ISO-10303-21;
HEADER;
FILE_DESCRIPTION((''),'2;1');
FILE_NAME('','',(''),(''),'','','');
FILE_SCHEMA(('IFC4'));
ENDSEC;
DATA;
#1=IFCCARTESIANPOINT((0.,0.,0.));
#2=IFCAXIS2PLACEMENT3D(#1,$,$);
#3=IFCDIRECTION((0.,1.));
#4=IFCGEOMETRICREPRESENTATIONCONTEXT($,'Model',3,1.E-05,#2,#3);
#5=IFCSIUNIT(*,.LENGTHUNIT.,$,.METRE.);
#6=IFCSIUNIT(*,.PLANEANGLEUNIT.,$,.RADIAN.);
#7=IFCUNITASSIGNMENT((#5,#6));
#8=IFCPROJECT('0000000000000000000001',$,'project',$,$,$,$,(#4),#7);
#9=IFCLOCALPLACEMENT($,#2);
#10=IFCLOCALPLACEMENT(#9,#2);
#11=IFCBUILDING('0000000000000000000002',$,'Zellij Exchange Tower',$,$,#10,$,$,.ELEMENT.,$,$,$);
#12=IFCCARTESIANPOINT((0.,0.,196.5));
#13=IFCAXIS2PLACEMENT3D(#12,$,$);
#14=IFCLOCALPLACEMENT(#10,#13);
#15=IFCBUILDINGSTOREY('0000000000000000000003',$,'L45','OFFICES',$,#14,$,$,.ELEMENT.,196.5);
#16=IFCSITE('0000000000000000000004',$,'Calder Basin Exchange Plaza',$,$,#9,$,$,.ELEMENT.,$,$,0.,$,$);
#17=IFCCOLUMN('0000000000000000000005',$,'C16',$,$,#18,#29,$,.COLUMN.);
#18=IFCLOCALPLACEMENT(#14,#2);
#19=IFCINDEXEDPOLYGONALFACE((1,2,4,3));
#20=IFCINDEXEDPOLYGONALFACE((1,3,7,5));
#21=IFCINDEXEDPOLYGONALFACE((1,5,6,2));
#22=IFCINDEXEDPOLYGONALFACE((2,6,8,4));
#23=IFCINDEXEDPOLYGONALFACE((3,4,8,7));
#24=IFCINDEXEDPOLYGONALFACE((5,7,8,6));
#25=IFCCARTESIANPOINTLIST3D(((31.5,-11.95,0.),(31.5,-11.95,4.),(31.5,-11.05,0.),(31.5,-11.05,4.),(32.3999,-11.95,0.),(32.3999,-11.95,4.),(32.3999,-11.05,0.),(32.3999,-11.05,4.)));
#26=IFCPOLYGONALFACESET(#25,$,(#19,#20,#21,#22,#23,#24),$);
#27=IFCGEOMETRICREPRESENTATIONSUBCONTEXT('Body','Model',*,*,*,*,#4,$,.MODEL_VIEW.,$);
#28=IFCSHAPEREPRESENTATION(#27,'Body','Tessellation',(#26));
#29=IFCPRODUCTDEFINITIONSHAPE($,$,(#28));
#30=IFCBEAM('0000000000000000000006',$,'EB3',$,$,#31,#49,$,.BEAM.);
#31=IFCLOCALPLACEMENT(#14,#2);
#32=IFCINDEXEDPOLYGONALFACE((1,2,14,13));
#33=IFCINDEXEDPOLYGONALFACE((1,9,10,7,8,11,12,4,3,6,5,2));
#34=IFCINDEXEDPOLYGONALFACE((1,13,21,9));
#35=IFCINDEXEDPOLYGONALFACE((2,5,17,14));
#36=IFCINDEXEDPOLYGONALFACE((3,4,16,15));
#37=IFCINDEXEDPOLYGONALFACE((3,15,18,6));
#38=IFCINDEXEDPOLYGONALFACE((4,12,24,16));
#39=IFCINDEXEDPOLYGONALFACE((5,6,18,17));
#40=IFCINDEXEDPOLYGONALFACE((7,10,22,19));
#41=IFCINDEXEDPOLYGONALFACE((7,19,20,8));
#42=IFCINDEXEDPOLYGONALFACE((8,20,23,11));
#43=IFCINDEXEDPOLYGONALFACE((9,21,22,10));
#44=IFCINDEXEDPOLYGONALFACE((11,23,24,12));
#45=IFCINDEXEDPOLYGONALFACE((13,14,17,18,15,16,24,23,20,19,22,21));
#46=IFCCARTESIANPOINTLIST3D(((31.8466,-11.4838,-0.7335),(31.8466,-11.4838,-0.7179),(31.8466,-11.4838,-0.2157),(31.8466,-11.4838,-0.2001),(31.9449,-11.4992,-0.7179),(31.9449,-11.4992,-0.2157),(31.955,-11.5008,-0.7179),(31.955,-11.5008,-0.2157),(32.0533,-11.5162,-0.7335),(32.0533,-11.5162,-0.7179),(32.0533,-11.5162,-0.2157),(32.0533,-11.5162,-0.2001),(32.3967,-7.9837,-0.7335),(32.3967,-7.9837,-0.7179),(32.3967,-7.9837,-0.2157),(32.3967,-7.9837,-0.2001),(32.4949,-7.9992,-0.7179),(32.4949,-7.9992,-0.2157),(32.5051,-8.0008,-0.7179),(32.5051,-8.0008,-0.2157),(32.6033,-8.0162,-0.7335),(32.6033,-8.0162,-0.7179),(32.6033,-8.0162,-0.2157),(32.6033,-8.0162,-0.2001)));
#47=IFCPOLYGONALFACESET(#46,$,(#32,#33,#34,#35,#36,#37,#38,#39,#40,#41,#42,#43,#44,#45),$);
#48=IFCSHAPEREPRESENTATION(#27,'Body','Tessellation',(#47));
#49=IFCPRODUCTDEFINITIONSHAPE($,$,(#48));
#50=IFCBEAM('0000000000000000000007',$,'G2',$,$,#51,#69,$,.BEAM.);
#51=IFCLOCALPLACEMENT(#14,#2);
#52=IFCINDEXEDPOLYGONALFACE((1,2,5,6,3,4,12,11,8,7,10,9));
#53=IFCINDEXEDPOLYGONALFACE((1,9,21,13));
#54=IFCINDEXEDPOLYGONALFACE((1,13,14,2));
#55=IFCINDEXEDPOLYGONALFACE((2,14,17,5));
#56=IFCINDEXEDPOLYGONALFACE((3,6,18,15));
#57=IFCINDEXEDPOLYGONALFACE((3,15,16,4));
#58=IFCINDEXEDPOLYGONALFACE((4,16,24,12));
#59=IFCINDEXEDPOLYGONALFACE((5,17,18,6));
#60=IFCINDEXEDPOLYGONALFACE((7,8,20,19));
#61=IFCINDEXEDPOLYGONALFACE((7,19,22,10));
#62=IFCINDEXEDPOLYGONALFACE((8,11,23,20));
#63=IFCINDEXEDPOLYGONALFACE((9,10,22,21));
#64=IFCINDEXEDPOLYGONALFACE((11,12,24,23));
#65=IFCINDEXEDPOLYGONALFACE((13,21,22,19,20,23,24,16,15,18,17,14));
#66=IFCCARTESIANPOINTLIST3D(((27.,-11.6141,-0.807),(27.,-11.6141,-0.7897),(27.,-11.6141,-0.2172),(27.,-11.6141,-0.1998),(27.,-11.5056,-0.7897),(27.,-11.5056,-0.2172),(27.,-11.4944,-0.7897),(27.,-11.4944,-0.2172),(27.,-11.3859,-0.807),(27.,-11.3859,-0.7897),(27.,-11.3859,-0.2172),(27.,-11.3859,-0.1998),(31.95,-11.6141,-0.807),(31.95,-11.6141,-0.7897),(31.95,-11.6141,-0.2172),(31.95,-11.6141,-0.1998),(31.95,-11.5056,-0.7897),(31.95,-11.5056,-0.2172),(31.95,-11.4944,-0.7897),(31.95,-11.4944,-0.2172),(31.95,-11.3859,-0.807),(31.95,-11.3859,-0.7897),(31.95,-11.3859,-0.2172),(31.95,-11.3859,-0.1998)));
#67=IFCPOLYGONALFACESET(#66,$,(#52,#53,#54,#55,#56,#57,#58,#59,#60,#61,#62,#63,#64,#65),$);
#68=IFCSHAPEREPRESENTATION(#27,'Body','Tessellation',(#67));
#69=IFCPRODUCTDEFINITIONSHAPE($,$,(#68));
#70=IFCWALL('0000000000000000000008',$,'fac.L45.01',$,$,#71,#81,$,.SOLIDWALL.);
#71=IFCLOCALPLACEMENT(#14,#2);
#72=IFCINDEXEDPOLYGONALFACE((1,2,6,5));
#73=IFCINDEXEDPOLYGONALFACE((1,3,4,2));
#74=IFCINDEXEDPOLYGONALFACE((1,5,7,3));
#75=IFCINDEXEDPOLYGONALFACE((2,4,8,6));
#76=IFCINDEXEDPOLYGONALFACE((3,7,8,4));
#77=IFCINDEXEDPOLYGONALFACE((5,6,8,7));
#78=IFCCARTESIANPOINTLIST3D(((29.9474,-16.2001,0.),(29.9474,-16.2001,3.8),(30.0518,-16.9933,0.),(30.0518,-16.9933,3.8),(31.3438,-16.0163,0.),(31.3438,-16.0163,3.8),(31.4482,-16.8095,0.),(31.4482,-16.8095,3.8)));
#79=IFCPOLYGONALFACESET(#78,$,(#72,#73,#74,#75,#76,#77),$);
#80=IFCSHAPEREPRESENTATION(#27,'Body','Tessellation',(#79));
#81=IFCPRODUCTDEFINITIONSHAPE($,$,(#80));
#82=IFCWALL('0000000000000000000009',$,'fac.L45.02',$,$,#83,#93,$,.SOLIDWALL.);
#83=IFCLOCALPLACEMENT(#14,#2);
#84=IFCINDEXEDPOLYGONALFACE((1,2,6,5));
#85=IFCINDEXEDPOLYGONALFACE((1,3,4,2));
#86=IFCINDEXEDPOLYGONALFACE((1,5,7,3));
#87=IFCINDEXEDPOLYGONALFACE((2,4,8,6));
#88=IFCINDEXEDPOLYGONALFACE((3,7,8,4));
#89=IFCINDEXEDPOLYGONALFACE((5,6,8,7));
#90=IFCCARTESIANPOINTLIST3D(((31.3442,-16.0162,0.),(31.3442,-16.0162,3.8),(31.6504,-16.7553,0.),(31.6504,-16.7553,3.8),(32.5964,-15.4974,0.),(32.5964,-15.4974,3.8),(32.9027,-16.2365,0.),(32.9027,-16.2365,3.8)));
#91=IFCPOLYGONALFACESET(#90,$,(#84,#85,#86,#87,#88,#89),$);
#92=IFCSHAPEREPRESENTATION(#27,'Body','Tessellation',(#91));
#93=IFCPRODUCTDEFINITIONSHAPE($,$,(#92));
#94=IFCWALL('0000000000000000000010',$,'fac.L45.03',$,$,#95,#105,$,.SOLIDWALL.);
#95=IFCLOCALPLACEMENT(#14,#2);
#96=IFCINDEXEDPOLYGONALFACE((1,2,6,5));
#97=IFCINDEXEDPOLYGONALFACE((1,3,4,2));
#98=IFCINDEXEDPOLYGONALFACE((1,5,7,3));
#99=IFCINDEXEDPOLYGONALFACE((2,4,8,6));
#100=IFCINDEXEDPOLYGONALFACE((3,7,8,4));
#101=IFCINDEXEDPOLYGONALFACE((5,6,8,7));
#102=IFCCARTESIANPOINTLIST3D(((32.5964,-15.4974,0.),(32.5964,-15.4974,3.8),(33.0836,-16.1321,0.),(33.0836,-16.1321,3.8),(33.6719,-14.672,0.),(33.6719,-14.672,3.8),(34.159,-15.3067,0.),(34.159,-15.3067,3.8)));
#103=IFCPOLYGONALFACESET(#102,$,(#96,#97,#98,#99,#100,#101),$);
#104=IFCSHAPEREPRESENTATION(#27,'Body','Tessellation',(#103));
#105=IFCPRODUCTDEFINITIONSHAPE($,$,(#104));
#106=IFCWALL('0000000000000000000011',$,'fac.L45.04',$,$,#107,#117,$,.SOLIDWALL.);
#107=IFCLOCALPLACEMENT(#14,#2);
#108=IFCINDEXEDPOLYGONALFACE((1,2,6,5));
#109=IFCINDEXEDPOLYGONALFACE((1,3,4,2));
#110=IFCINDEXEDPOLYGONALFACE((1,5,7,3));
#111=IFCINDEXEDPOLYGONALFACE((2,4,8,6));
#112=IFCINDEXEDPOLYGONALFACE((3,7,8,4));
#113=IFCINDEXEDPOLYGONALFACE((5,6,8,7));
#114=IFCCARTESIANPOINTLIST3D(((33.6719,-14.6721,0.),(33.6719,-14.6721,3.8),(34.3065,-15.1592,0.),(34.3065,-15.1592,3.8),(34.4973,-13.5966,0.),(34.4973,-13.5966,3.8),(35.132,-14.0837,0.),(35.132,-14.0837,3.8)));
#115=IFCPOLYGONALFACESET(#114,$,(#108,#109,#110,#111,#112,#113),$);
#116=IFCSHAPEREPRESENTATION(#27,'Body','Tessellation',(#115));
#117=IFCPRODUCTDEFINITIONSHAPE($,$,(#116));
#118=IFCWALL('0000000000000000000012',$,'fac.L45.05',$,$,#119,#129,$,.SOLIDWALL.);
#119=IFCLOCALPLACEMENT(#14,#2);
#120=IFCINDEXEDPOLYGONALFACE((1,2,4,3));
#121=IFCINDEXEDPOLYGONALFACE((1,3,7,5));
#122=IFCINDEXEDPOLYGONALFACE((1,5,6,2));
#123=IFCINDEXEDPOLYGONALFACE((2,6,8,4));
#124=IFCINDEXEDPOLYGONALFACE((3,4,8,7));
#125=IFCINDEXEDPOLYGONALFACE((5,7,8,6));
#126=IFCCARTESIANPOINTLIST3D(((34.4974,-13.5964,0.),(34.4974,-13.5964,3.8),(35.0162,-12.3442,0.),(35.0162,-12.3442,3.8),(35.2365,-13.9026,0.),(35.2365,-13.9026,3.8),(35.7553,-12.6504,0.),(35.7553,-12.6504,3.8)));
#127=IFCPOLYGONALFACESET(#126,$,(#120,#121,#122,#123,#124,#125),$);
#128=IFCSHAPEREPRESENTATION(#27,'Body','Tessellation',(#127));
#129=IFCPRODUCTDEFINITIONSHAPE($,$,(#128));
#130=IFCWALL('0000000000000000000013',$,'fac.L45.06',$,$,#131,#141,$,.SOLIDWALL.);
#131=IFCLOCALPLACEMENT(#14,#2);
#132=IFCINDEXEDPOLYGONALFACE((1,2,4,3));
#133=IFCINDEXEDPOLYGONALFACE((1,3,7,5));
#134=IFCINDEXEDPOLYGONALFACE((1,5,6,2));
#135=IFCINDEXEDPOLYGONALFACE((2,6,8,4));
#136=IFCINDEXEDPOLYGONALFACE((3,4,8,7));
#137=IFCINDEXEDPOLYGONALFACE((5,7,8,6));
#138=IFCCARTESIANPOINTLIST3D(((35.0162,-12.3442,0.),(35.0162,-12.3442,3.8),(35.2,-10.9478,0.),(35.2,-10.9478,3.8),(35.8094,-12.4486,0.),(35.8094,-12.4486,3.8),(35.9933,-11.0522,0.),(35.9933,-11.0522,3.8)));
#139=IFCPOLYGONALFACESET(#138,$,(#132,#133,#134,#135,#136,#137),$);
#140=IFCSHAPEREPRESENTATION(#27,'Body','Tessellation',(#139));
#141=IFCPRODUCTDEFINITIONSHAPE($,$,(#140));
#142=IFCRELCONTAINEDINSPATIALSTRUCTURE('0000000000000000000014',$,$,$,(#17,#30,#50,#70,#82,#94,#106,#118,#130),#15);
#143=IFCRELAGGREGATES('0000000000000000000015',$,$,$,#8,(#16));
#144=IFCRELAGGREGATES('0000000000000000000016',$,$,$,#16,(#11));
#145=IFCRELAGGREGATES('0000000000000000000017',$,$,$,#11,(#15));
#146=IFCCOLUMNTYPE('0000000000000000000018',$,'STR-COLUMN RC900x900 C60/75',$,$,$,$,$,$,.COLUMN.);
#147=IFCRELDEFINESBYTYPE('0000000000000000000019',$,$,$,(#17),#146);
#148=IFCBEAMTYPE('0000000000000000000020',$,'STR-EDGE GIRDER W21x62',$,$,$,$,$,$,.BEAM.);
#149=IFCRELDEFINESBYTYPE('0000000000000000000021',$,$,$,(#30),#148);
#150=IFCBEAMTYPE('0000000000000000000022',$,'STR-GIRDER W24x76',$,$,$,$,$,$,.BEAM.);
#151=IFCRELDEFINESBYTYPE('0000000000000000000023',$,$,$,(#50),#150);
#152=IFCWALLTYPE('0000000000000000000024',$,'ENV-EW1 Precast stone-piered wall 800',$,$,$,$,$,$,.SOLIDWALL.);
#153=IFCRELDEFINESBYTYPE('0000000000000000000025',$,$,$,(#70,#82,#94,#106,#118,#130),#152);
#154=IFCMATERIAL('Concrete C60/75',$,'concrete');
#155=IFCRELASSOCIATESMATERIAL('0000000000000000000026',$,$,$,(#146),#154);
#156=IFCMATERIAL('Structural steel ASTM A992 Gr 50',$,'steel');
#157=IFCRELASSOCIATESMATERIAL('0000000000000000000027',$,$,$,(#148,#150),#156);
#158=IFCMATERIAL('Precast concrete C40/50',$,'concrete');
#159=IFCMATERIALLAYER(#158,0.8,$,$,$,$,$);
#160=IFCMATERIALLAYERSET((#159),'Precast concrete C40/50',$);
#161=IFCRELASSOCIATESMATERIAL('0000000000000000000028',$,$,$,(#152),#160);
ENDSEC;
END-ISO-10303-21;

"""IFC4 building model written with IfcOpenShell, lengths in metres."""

from ifc_helpers import new_model, si_unit, direction, frame, frame_2d, origin, origin_2d, place, context, subcontext, project, spatial, rectangle, i_section, extrude, material, layer, layer_set, material_profile, profile_set, type_object, element, save


model = new_model("IFC4")

# Units and contexts
model_context = context("Model", 3, precision=1e-05, world=origin(), true_north=direction((0.0, 1.0)))
body_context = subcontext(model_context, "Body", "Model", "MODEL_VIEW")
ifc_project = project(units=[si_unit("LENGTHUNIT", "METRE"), si_unit("PLANEANGLEUNIT", "RADIAN")], contexts=[model_context])

# Site, building, storey
site_placement = place(None, origin())
site = spatial("IfcSite", under=ifc_project, at=site_placement, Name="Calder Basin Exchange Plaza", CompositionType="ELEMENT", RefElevation=0.0)
building_placement = place(site_placement, origin())
building = spatial("IfcBuilding", under=site, at=building_placement, Name="Zellij Exchange Tower", CompositionType="ELEMENT")
storey_placement = place(building_placement, frame((0.0, 0.0, 196.5)))
storey = spatial("IfcBuildingStorey", under=building, at=storey_placement, Name="L45", Description="OFFICES", CompositionType="ELEMENT", Elevation=196.5)

# Column
ifc_material_1 = material(Name="Concrete C60/75", Category="concrete")
ifc_material_profile_1 = material_profile(ifc_material_1, rectangle(XDim=0.8999, YDim=0.8999, at=origin_2d()), Name="STR-COLUMN RC900x900 C60/75")
ifc_profile_set_1 = profile_set([ifc_material_profile_1], Name="Concrete C60/75")
column_type = type_object("IfcColumnType", Name="STR-COLUMN RC900x900 C60/75", PredefinedType="COLUMN", material=ifc_profile_set_1)
column_placement = place(storey_placement, frame((31.95, -11.5, 0.0), z_axis=(0.0, 0.0, 1.0), x_axis=(1.0, 0.0, 0.0)))
element("IfcColumn", 1, at=column_placement, inside=storey, type_object=column_type, Name="C16", PredefinedType="COLUMN", context=body_context, shape_type="SweptSolid", body=[
    extrude(rectangle(XDim=0.8999, YDim=0.8999, at=origin_2d()), origin(), (0.0, 0.0, 1.0), 4.0),
])

# Beams
ifc_material_2 = material(Name="Structural steel ASTM A992 Gr 50", Category="steel")
ifc_material_profile_2 = material_profile(ifc_material_2, i_section(OverallWidth=0.2092, OverallDepth=0.5334, WebThickness=0.0103, FlangeThickness=0.0156, at=origin_2d()), Name="W21x62")
ifc_profile_set_2 = profile_set([ifc_material_profile_2], Name="Structural steel ASTM A992 Gr 50")
beam_type_1 = type_object("IfcBeamType", Name="STR-EDGE GIRDER W21x62", PredefinedType="BEAM", material=ifc_profile_set_2)
beam_1_placement = place(storey_placement, frame((31.95, -11.5, -0.4668), z_axis=(0.155251, 0.987875, 0.0), x_axis=(-0.987875, 0.155251, 0.0)))
element("IfcBeam", 2, at=beam_1_placement, inside=storey, type_object=beam_type_1, Name="EB3", PredefinedType="BEAM", context=body_context, shape_type="SweptSolid", body=[
    extrude(i_section(OverallWidth=0.2092, OverallDepth=0.5334, WebThickness=0.0103, FlangeThickness=0.0156, at=origin_2d()), origin(), (0.0, 0.0, 1.0), 3.543),
])
ifc_material_profile_3 = material_profile(ifc_material_2, i_section(OverallWidth=0.2283, OverallDepth=0.6072, WebThickness=0.0112, FlangeThickness=0.0173, at=origin_2d()), Name="W24x76")
ifc_profile_set_3 = profile_set([ifc_material_profile_3], Name="Structural steel ASTM A992 Gr 50")
beam_type_2 = type_object("IfcBeamType", Name="STR-GIRDER W24x76", PredefinedType="BEAM", material=ifc_profile_set_3)
beam_2_placement = place(storey_placement, frame((27.0, -11.5, -0.5034), z_axis=(1.0, 0.0, 0.0), x_axis=(0.0, 1.0, 0.0)))
element("IfcBeam", 3, at=beam_2_placement, inside=storey, type_object=beam_type_2, Name="G2", PredefinedType="BEAM", context=body_context, shape_type="SweptSolid", body=[
    extrude(i_section(OverallWidth=0.2283, OverallDepth=0.6072, WebThickness=0.0112, FlangeThickness=0.0173, at=origin_2d()), origin(), (0.0, 0.0, 1.0), 4.95),
])

# Walls
ifc_material_3 = material(Name="Precast concrete C40/50", Category="concrete")
ifc_layer_1 = layer(ifc_material_3, 0.8)
ifc_layer_set_1 = layer_set([ifc_layer_1], Name="Precast concrete C40/50")
wall_type_1 = type_object("IfcWallType", Name="ENV-EW1 Precast stone-piered wall 800", PredefinedType="SOLIDWALL", material=ifc_layer_set_1)
wall_1_placement = place(storey_placement, frame((29.9998, -16.5967, 0.0), z_axis=(0.0, 0.0, 1.0), x_axis=(0.991446, 0.130517, 0.0)))
element("IfcWall", 4, at=wall_1_placement, inside=storey, type_object=wall_type_1, Name="fac.L45.01", PredefinedType="SOLIDWALL", context=body_context, shape_type="SweptSolid", body=[
    extrude(rectangle(XDim=1.4084, YDim=0.8, at=frame_2d((0.7041, 0.0))), origin(), (0.0, 0.0, 1.0), 3.8),
])
wall_2_placement = place(storey_placement, frame((31.4973, -16.3857, 0.0), z_axis=(0.0, 0.0, 1.0), x_axis=(0.923848, 0.38276, 0.0)))
element("IfcWall", 5, at=wall_2_placement, inside=storey, type_object=wall_type_1, Name="fac.L45.02", PredefinedType="SOLIDWALL", context=body_context, shape_type="SweptSolid", body=[
    extrude(rectangle(XDim=1.3555, YDim=0.8, at=frame_2d((0.6777, 0.0))), origin(), (0.0, 0.0, 1.0), 3.8),
])
for number, where, z_axis, x_axis, name in (
    (6, (32.8401, -15.8147, 0.0), (0.0, 0.0, 1.0), (0.793273, 0.608866, 0.0), "fac.L45.03"),
    (7, (33.9893, -14.9155, 0.0), (0.0, 0.0, 1.0), (0.608866, 0.793273, 0.0), "fac.L45.04"),
):
    element("IfcWall", number, at=place(storey_placement, frame(where, z_axis=z_axis, x_axis=x_axis)), inside=storey, type_object=wall_type_1, Name=name, PredefinedType="SOLIDWALL", context=body_context, shape_type="SweptSolid", body=[
        extrude(rectangle(XDim=1.3557, YDim=0.8, at=frame_2d((0.6777, 0.0))), origin(), (0.0, 0.0, 1.0), 3.8),
    ])
wall_3_placement = place(storey_placement, frame((34.8669, -13.7495, 0.0), z_axis=(0.0, 0.0, 1.0), x_axis=(0.38276, 0.923848, 0.0)))
element("IfcWall", 8, at=wall_3_placement, inside=storey, type_object=wall_type_1, Name="fac.L45.05", PredefinedType="SOLIDWALL", context=body_context, shape_type="SweptSolid", body=[
    extrude(rectangle(XDim=1.3555, YDim=0.8, at=frame_2d((0.6777, 0.0))), origin(), (0.0, 0.0, 1.0), 3.8),
])
wall_4_placement = place(storey_placement, frame((35.4128, -12.3962, 0.0), z_axis=(0.0, 0.0, 1.0), x_axis=(0.130517, 0.991446, 0.0)))
element("IfcWall", 9, at=wall_4_placement, inside=storey, type_object=wall_type_1, Name="fac.L45.06", PredefinedType="SOLIDWALL", context=body_context, shape_type="SweptSolid", body=[
    extrude(rectangle(XDim=1.4084, YDim=0.8, at=frame_2d((0.7041, 0.0))), origin(), (0.0, 0.0, 1.0), 3.8),
])

save(model, "model.ifc")
